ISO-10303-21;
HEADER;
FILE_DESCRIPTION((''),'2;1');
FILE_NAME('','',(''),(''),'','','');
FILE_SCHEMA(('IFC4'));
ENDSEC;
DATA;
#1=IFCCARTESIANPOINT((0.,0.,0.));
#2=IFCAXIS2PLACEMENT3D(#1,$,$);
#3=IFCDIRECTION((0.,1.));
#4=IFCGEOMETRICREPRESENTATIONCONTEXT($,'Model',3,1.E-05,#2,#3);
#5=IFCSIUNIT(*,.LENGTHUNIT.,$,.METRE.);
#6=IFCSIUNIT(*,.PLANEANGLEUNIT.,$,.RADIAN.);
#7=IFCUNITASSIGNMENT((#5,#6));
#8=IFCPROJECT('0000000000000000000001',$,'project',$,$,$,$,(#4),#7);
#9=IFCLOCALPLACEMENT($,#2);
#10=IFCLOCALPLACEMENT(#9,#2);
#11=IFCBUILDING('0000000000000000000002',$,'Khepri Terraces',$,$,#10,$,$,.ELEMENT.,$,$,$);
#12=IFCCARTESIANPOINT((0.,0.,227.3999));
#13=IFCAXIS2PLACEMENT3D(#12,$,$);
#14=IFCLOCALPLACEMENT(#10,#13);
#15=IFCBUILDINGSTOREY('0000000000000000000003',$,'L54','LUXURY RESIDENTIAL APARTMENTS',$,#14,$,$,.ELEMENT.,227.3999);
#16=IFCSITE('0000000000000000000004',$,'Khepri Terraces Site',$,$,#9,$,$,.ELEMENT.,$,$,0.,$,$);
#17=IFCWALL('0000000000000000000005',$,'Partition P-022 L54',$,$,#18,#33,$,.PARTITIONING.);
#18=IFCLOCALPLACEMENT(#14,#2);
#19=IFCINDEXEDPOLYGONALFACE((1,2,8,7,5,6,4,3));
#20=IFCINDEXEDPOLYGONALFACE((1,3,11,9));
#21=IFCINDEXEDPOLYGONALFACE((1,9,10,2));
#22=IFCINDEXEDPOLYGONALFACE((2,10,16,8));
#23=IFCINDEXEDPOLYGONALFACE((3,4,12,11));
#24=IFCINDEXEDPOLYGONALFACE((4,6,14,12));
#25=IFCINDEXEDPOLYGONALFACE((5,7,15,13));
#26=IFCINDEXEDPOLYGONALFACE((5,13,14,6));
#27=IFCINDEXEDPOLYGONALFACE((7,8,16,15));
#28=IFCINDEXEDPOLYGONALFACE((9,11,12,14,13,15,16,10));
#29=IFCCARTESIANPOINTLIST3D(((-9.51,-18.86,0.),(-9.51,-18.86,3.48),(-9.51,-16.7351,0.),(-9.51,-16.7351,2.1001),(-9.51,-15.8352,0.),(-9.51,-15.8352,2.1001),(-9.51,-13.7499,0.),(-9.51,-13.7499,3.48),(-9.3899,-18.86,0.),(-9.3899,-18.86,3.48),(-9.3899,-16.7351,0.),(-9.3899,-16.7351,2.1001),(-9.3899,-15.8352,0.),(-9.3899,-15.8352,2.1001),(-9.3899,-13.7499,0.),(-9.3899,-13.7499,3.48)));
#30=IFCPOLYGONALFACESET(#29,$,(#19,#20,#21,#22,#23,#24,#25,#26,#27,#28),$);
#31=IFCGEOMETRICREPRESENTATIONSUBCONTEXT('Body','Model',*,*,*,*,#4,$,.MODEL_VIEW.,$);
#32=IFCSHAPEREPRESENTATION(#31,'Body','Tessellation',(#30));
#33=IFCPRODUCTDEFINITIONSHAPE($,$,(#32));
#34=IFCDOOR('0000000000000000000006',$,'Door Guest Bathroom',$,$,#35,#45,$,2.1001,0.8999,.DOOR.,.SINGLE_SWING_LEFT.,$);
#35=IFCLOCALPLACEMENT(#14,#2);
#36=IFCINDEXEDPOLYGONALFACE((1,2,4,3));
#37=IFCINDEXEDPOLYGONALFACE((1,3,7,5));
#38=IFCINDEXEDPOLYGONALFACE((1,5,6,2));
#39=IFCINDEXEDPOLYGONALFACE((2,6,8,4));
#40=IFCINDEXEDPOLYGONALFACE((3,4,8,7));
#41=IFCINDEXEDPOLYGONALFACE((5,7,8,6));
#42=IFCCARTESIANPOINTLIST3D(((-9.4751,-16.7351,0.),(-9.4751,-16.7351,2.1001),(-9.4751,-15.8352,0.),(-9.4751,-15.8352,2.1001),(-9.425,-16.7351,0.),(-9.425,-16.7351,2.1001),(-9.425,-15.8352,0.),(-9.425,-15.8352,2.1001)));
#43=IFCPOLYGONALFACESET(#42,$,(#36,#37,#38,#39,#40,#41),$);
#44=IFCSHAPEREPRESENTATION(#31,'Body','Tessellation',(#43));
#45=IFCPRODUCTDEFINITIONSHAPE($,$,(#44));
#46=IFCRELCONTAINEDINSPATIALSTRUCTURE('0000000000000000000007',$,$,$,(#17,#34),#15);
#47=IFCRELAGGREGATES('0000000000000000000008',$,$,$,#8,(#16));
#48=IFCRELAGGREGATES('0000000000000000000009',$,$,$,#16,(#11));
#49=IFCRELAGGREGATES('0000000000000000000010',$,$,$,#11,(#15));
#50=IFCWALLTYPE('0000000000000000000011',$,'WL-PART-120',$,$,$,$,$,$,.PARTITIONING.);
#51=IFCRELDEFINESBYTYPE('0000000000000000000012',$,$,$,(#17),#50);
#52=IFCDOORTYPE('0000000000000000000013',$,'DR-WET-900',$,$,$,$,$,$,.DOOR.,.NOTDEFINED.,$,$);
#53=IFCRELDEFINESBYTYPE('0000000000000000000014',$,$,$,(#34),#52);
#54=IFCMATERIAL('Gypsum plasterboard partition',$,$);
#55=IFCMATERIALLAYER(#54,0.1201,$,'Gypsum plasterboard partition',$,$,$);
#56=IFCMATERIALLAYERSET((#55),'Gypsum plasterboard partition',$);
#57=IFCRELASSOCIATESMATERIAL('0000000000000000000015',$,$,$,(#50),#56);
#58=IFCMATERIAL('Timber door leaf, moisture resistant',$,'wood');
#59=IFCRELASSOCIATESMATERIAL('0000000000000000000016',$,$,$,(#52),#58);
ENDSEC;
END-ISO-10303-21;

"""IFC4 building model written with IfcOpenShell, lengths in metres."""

from ifc_helpers import new_model, si_unit, direction, frame, frame_2d, origin, place, context, subcontext, project, spatial, rectangle, extrude, material, layer, layer_set, type_object, element, fill, save


model = new_model("IFC4")

# Units and contexts
model_context = context("Model", 3, precision=1e-05, world=origin(), true_north=direction((0.0, 1.0)))
body_context = subcontext(model_context, "Body", "Model", "MODEL_VIEW")
ifc_project = project(units=[si_unit("LENGTHUNIT", "METRE"), si_unit("PLANEANGLEUNIT", "RADIAN")], contexts=[model_context])

# Site, building, storey
site_placement = place(None, origin())
site = spatial("IfcSite", under=ifc_project, at=site_placement, Name="Khepri Terraces Site", CompositionType="ELEMENT", RefElevation=0.0)
building_placement = place(site_placement, origin())
building = spatial("IfcBuilding", under=site, at=building_placement, Name="Khepri Terraces", CompositionType="ELEMENT")
storey_placement = place(building_placement, frame((0.0, 0.0, 227.3999)))
storey = spatial("IfcBuildingStorey", under=building, at=storey_placement, Name="L54", Description="LUXURY RESIDENTIAL APARTMENTS", CompositionType="ELEMENT", Elevation=227.3999)

# Shared definitions
ifc_material_1 = material(Name="Gypsum plasterboard partition")
ifc_layer_1 = layer(ifc_material_1, 0.1201, Name="Gypsum plasterboard partition")
ifc_layer_set_1 = layer_set([ifc_layer_1], Name="Gypsum plasterboard partition")
wall_type_1 = type_object("IfcWallType", Name="WL-PART-120", PredefinedType="PARTITIONING", material=ifc_layer_set_1)

# Wall, opening, door
wall_1_placement = place(storey_placement, frame((-9.45, -18.8601, 0.0), z_axis=(0.0, 0.0, 1.0), x_axis=(0.0, 1.0, 0.0)))
wall_1 = element("IfcWall", 1, at=wall_1_placement, inside=storey, type_object=wall_type_1, Name="Partition P-022 L54", PredefinedType="PARTITIONING", context=body_context, shape_type="SweptSolid", body=[
    extrude(rectangle(XDim=5.1101, YDim=0.1201, at=frame_2d((2.5552, 0.0))), origin(), (0.0, 0.0, 1.0), 3.48),
])
opening_1_placement = place(wall_1_placement, frame((2.125, 0.0, 0.0)))
opening_1 = element("IfcOpeningElement", 2, at=opening_1_placement, cuts=wall_1, PredefinedType="OPENING", context=body_context, shape_type="SweptSolid", body=[
    extrude(rectangle(XDim=0.8999, YDim=2.1001, at=frame_2d((0.45, 1.05))), frame((0.0, 0.0701, 0.0), z_axis=(0.0, -1.0, 0.0), x_axis=(1.0, 0.0, 0.0)), (0.0, 0.0, 1.0), 0.1401),
])
ifc_material_2 = material(Name="Timber door leaf, moisture resistant", Category="wood")
door_type_1 = type_object("IfcDoorType", Name="DR-WET-900", OperationType="NOTDEFINED", PredefinedType="DOOR", material=ifc_material_2)
door_1_placement = place(opening_1_placement, frame((0.8999, 0.0, 0.0), z_axis=(0.0, 0.0, 1.0), x_axis=(-1.0, 0.0, 0.0)))
door_1 = element("IfcDoor", 3, at=door_1_placement, inside=storey, type_object=door_type_1, Name="Door Guest Bathroom", OperationType="SINGLE_SWING_LEFT", OverallHeight=2.1001, OverallWidth=0.8999, PredefinedType="DOOR", context=body_context, shape_type="SweptSolid", body=[
    extrude(rectangle(XDim=0.8999, YDim=2.1001, at=frame_2d((0.45, 1.05))), frame((0.0, 0.0249, 0.0), z_axis=(0.0, -1.0, 0.0), x_axis=(1.0, 0.0, 0.0)), (0.0, 0.0, 1.0), 0.05),
])
fill(opening_1, door_1)

save(model, "model.ifc")
